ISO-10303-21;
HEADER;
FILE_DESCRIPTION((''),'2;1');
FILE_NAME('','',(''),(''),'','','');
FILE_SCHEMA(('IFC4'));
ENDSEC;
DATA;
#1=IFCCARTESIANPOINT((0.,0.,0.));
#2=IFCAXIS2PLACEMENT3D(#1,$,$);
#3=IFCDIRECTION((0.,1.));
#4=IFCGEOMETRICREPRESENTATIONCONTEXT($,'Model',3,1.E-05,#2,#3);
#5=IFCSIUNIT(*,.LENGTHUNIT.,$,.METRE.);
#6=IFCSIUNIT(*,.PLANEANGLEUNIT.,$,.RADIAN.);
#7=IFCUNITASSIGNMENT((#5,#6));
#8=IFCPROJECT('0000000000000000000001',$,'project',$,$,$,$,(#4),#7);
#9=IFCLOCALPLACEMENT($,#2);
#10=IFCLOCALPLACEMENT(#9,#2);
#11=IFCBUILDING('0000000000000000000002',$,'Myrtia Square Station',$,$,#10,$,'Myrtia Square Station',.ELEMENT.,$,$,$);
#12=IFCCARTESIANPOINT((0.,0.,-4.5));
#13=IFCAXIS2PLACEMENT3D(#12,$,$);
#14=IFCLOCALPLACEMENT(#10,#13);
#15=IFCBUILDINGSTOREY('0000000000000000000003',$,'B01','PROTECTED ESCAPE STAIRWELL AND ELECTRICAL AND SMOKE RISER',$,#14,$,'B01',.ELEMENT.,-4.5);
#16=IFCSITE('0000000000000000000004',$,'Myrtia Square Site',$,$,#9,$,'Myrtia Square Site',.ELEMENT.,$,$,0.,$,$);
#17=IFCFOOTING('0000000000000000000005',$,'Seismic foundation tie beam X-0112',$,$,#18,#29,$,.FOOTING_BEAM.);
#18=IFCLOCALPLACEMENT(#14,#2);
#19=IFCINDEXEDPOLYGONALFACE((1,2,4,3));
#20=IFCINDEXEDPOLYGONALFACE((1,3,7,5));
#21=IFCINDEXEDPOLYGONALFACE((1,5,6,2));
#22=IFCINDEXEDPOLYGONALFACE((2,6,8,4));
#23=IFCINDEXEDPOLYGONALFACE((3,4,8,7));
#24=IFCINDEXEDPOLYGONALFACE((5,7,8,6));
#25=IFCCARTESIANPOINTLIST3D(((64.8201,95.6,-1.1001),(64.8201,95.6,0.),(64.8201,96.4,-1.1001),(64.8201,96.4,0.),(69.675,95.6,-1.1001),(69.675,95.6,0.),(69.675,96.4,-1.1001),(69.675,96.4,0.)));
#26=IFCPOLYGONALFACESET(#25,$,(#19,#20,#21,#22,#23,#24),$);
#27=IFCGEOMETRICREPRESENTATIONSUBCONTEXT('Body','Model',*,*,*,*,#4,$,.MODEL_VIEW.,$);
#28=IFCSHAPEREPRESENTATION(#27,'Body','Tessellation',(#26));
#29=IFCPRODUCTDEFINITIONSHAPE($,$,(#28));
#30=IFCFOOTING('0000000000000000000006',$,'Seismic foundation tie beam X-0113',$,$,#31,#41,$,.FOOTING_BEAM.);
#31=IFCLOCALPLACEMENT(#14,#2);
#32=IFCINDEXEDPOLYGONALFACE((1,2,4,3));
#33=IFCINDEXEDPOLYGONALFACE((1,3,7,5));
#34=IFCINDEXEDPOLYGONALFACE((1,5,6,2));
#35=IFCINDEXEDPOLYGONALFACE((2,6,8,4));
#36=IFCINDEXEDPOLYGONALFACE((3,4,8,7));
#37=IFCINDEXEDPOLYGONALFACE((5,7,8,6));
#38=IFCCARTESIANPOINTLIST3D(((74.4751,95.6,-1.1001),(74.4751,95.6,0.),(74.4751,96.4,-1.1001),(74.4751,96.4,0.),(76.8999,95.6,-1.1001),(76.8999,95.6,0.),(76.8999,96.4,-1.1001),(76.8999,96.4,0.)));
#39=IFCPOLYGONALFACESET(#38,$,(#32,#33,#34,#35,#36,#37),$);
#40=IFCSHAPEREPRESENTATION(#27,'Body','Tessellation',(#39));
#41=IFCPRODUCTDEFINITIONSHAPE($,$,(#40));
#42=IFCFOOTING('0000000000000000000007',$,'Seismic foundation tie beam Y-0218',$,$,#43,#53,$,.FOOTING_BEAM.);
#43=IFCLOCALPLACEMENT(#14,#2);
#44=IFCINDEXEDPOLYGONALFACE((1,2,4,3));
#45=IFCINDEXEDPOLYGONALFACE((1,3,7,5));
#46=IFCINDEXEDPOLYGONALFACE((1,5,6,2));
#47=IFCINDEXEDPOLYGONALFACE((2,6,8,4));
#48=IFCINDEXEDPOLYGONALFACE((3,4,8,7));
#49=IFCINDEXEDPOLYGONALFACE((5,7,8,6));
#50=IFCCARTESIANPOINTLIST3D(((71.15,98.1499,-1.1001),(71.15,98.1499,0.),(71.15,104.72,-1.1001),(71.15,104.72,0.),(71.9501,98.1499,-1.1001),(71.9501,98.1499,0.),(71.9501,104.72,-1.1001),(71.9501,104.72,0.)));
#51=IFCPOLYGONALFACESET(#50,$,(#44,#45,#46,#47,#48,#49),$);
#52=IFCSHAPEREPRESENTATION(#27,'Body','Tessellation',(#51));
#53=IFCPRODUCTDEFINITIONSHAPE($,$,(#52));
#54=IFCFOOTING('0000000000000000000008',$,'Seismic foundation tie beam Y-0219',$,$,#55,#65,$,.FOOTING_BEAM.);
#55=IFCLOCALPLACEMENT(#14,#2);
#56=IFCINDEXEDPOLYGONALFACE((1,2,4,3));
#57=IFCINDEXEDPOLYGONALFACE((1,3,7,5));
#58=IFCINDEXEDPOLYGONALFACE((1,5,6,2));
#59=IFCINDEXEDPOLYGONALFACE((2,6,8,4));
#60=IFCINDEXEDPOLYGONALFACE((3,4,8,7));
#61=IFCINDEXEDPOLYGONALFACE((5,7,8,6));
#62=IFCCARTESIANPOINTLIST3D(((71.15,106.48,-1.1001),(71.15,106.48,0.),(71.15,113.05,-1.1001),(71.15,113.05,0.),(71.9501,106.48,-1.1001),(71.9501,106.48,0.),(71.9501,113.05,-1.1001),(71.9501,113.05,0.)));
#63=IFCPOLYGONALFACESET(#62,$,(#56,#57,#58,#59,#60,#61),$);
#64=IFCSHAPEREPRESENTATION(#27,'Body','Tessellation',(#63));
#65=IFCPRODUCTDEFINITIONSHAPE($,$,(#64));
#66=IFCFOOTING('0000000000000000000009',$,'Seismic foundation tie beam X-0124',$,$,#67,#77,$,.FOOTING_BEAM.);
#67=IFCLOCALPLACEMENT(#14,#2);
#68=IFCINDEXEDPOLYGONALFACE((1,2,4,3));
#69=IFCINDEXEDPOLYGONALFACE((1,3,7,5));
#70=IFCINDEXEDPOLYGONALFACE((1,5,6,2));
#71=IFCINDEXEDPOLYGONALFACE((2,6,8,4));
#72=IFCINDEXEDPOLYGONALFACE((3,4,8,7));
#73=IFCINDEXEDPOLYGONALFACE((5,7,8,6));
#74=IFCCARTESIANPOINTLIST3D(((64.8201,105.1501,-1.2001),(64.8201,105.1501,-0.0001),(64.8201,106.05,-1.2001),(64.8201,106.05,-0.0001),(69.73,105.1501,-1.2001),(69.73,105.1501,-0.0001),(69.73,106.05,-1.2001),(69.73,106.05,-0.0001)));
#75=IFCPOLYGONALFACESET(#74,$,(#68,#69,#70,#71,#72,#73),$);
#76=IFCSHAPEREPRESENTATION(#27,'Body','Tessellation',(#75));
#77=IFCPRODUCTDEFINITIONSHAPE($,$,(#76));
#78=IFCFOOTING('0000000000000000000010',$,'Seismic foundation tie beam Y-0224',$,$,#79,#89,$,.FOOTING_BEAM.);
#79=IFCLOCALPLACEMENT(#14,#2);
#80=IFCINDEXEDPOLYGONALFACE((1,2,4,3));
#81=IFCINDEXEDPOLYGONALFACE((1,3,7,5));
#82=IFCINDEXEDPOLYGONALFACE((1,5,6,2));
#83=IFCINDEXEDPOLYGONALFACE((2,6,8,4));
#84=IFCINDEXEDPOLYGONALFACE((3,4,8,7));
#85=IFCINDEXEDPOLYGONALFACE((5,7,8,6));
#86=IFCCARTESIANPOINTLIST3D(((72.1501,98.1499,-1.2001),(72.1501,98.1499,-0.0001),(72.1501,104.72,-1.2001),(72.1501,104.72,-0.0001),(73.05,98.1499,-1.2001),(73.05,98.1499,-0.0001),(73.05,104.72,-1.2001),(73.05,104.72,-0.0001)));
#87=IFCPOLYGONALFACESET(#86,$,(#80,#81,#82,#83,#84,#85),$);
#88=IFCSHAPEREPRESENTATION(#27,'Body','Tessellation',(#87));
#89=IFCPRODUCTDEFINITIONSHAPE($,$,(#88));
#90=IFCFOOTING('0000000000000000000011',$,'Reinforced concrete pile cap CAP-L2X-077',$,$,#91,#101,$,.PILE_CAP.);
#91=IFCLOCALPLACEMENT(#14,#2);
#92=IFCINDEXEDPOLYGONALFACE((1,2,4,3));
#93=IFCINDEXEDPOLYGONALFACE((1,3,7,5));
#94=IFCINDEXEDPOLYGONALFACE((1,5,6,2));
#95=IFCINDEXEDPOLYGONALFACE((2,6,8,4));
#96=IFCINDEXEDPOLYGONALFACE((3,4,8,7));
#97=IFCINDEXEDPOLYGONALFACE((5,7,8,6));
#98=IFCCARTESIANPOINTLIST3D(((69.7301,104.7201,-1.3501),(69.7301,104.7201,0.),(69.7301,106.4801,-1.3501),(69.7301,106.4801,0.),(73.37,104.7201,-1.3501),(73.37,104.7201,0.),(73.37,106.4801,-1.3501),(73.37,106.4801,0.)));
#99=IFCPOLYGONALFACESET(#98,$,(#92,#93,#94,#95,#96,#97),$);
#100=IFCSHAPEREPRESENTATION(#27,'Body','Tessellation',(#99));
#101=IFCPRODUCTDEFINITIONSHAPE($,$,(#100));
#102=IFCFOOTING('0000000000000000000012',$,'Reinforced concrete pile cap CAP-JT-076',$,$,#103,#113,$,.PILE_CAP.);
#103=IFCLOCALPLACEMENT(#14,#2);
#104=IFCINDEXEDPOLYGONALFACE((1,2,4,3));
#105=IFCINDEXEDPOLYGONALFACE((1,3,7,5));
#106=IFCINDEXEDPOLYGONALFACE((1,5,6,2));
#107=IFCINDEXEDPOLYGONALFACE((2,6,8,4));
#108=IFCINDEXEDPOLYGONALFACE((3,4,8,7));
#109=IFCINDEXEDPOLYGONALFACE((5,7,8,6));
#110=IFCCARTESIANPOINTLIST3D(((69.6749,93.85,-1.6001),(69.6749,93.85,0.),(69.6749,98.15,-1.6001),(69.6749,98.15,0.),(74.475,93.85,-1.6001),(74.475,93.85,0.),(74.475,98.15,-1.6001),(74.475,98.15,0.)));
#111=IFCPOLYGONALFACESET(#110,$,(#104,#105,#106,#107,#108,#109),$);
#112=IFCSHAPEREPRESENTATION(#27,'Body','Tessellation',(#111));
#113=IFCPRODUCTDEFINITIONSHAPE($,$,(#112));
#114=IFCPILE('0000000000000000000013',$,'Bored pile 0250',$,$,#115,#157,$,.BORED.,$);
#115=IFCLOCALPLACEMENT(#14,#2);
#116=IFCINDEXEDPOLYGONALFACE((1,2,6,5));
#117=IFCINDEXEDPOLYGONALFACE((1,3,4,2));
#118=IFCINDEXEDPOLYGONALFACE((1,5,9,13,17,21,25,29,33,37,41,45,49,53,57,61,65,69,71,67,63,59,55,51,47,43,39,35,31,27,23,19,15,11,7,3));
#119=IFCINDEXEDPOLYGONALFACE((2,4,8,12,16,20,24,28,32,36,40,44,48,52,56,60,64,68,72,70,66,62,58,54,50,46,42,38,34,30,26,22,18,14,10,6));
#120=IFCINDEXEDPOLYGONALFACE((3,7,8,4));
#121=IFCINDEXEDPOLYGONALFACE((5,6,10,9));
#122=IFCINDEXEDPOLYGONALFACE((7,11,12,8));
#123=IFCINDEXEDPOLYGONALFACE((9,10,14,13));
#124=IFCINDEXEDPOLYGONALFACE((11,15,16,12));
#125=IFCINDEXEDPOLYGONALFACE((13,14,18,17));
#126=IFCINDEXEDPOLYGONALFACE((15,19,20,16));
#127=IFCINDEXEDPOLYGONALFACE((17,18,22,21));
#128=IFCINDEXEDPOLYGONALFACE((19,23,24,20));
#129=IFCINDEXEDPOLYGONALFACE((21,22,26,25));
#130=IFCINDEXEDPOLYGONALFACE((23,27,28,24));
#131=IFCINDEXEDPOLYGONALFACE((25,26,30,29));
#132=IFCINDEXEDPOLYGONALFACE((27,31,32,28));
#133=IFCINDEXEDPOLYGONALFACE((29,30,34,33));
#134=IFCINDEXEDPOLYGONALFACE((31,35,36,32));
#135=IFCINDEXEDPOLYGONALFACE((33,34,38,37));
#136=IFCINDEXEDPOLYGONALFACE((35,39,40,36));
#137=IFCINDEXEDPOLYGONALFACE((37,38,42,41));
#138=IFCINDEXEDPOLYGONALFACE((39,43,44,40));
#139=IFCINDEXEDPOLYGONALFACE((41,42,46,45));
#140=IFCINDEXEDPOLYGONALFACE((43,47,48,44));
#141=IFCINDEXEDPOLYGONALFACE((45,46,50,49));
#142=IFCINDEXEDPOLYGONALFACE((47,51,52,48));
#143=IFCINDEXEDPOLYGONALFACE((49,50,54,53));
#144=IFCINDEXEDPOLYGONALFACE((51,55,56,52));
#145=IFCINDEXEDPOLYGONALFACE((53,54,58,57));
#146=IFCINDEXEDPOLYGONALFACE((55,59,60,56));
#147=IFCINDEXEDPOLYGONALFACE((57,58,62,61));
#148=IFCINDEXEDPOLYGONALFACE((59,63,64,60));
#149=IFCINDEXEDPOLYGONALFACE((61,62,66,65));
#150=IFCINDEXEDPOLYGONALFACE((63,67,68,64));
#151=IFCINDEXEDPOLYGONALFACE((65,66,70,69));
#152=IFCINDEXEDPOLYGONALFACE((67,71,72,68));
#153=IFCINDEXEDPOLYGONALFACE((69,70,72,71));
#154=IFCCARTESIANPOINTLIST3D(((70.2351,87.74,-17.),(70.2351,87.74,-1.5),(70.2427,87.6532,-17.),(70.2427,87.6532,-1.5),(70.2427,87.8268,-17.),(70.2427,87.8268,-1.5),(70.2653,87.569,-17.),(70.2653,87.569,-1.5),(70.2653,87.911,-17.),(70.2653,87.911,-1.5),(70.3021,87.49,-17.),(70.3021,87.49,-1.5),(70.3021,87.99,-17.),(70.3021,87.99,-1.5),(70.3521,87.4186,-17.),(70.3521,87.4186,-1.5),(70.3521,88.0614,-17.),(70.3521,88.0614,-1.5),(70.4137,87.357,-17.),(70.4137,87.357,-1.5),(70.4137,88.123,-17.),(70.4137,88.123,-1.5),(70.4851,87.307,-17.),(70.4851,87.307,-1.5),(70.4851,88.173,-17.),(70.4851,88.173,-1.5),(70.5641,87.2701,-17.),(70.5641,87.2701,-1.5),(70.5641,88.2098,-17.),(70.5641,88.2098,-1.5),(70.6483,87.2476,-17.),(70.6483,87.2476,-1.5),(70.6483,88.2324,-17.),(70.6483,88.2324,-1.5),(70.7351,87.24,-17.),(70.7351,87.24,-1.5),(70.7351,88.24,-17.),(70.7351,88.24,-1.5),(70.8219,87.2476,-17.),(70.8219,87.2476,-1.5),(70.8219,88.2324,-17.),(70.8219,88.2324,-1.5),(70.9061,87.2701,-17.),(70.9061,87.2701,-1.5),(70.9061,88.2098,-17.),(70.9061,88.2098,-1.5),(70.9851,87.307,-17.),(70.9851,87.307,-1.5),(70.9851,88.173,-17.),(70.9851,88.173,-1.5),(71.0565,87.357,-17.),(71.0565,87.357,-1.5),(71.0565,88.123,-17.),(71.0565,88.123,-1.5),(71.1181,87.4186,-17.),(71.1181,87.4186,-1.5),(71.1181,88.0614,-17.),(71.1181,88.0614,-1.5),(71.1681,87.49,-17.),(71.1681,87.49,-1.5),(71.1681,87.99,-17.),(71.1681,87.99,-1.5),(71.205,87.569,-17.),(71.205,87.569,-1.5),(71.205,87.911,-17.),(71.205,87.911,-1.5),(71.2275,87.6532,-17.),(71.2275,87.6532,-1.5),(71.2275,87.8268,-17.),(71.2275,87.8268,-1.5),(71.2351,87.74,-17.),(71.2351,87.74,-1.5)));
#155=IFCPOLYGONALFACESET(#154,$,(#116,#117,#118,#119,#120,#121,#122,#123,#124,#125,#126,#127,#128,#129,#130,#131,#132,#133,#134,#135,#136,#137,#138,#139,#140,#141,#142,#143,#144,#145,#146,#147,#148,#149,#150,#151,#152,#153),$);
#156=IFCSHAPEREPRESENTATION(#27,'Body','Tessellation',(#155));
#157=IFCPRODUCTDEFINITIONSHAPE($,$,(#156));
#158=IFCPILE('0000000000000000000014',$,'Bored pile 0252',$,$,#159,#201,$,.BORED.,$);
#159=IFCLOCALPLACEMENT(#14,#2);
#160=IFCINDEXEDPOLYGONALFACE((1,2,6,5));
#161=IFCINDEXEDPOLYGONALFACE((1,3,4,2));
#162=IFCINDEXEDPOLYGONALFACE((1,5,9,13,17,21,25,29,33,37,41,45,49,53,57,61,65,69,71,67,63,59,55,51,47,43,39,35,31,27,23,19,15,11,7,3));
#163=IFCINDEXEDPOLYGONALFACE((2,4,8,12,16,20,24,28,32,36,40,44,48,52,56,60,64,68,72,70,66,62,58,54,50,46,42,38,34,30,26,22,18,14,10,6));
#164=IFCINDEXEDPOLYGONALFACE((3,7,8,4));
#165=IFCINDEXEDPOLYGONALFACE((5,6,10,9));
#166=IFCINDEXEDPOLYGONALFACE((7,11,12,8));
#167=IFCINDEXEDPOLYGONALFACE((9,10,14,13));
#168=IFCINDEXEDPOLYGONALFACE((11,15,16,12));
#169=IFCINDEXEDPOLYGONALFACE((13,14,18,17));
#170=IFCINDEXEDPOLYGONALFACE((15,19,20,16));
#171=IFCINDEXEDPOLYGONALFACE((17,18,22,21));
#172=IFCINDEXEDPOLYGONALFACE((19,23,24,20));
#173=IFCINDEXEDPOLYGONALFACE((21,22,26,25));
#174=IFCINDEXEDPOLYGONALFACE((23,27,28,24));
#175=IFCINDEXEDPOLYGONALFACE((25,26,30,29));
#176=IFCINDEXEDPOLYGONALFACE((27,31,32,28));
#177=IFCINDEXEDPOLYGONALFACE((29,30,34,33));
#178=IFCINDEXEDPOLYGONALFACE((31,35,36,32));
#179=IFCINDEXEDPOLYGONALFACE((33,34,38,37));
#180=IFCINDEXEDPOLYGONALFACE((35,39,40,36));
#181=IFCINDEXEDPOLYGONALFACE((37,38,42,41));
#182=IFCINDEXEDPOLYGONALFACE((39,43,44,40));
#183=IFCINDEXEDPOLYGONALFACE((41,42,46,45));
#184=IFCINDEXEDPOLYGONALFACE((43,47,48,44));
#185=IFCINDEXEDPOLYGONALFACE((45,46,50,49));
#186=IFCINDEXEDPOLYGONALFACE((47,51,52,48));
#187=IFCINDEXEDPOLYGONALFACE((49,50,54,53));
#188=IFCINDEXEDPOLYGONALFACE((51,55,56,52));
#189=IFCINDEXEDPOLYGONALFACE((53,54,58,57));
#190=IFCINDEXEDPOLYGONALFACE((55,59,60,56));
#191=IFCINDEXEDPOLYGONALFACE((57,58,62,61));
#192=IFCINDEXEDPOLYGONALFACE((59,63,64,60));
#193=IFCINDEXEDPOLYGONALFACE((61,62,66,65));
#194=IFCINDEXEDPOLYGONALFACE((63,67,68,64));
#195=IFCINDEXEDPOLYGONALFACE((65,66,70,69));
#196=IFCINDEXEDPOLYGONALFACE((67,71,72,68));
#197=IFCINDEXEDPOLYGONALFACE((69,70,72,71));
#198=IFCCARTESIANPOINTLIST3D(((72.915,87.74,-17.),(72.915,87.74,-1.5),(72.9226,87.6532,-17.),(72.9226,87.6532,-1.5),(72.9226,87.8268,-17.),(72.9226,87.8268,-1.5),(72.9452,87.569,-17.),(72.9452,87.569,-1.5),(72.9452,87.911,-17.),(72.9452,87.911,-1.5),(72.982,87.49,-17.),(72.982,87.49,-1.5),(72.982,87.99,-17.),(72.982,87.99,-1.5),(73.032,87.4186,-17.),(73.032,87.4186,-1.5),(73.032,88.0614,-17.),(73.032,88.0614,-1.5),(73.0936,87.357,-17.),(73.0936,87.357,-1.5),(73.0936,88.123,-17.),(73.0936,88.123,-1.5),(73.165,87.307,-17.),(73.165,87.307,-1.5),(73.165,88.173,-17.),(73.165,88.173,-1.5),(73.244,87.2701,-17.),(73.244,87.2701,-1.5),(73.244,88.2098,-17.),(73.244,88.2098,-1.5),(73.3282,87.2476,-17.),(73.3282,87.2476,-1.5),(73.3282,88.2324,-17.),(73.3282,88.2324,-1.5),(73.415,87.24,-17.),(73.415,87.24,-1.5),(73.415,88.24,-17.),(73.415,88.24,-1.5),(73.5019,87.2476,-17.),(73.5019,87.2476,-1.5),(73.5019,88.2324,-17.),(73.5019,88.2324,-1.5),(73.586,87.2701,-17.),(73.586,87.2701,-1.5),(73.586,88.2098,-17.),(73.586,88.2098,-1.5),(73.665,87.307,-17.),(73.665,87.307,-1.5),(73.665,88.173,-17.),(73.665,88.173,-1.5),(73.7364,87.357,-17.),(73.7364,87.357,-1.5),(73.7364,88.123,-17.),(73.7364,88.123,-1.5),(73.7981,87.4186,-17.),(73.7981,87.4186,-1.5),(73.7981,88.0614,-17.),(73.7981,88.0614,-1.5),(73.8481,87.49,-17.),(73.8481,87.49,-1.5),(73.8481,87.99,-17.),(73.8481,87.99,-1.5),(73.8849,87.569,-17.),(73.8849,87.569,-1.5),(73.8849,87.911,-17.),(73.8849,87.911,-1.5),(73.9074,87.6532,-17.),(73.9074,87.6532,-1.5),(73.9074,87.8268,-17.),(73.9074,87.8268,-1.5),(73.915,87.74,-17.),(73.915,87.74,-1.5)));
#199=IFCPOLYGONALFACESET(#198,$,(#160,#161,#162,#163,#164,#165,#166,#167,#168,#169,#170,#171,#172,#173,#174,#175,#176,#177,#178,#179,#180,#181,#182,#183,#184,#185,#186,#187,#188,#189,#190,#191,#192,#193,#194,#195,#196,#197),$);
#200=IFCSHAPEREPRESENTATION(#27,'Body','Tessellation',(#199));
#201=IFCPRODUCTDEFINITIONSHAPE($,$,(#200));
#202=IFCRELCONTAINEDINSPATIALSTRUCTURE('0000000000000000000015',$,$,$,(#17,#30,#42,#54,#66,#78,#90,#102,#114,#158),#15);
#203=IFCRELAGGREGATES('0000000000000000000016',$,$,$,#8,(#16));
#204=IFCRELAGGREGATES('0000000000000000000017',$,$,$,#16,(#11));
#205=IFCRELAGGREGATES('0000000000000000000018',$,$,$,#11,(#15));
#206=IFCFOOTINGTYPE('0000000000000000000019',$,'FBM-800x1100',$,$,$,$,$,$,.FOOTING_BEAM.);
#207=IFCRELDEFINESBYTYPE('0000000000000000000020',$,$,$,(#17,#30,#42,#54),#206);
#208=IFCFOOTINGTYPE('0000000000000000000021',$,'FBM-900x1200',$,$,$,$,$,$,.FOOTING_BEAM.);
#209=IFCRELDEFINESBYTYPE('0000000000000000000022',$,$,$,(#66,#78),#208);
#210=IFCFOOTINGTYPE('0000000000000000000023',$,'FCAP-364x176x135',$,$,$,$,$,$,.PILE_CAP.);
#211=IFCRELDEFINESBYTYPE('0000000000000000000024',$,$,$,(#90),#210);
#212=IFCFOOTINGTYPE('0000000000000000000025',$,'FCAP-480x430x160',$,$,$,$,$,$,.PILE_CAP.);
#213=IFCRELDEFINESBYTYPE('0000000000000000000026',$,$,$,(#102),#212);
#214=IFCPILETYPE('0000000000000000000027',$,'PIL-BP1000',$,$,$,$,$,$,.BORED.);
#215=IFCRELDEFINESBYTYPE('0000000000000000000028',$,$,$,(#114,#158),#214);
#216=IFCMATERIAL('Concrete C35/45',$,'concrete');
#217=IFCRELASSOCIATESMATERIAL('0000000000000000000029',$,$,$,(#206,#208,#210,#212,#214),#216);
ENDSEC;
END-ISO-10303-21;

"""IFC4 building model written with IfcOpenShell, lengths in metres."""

from ifc_helpers import new_model, si_unit, direction, frame, origin, origin_2d, place, context, subcontext, project, spatial, rectangle, circle, extrude, material, material_profile, profile_set, type_object, element, save


model = new_model("IFC4")

# Units and contexts
model_context = context("Model", 3, precision=1e-05, world=origin(), true_north=direction((0.0, 1.0)))
body_context = subcontext(model_context, "Body", "Model", "MODEL_VIEW")
ifc_project = project(units=[si_unit("LENGTHUNIT", "METRE"), si_unit("PLANEANGLEUNIT", "RADIAN")], contexts=[model_context])

# Site, building, storey
site_placement = place(None, origin())
site = spatial("IfcSite", under=ifc_project, at=site_placement, Name="Myrtia Square Site", LongName="Myrtia Square Site", CompositionType="ELEMENT", RefElevation=0.0)
building_placement = place(site_placement, origin())
building = spatial("IfcBuilding", under=site, at=building_placement, Name="Myrtia Square Station", LongName="Myrtia Square Station", CompositionType="ELEMENT")
storey_placement = place(building_placement, frame((0.0, 0.0, -4.5)))
storey = spatial("IfcBuildingStorey", under=building, at=storey_placement, Name="B01", Description="PROTECTED ESCAPE STAIRWELL AND ELECTRICAL AND SMOKE RISER", LongName="B01", CompositionType="ELEMENT", Elevation=-4.5)

# Footings
ifc_material_1 = material(Name="Concrete C35/45", Category="concrete")
ifc_material_profile_1 = material_profile(ifc_material_1, rectangle(XDim=0.8, YDim=1.1001, at=origin_2d()), Name="FB 800x1100")
ifc_profile_set_1 = profile_set([ifc_material_profile_1], Name="Concrete C35/45")
footing_type_1 = type_object("IfcFootingType", Name="FBM-800x1100", PredefinedType="FOOTING_BEAM", material=ifc_profile_set_1)
footing_1_placement = place(storey_placement, frame((64.8201, 96.0, -0.55), z_axis=(1.0, 0.0, 0.0), x_axis=(0.0, 1.0, 0.0)))
element("IfcFooting", 1, at=footing_1_placement, inside=storey, type_object=footing_type_1, Name="Seismic foundation tie beam X-0112", PredefinedType="FOOTING_BEAM", context=body_context, shape_type="SweptSolid", body=[
    extrude(rectangle(XDim=0.8, YDim=1.1001, at=origin_2d()), origin(), (0.0, 0.0, 1.0), 4.855),
])
footing_2_placement = place(storey_placement, frame((74.4751, 96.0, -0.55), z_axis=(1.0, 0.0, 0.0), x_axis=(0.0, 1.0, 0.0)))
element("IfcFooting", 2, at=footing_2_placement, inside=storey, type_object=footing_type_1, Name="Seismic foundation tie beam X-0113", PredefinedType="FOOTING_BEAM", context=body_context, shape_type="SweptSolid", body=[
    extrude(rectangle(XDim=0.8, YDim=1.1001, at=origin_2d()), origin(), (0.0, 0.0, 1.0), 2.4248),
])
for number, where, z_axis, x_axis, name in (
    (3, (71.55, 98.1499, -0.55), (0.0, 1.0, 0.0), (-1.0, 0.0, 0.0), "Seismic foundation tie beam Y-0218"),
    (4, (71.55, 106.48, -0.55), (0.0, 1.0, 0.0), (-1.0, 0.0, 0.0), "Seismic foundation tie beam Y-0219"),
):
    element("IfcFooting", number, at=place(storey_placement, frame(where, z_axis=z_axis, x_axis=x_axis)), inside=storey, type_object=footing_type_1, Name=name, PredefinedType="FOOTING_BEAM", context=body_context, shape_type="SweptSolid", body=[
        extrude(rectangle(XDim=0.8, YDim=1.1001, at=origin_2d()), origin(), (0.0, 0.0, 1.0), 6.5701),
    ])
ifc_material_profile_2 = material_profile(ifc_material_1, rectangle(XDim=0.8999, YDim=1.2, at=origin_2d()), Name="FB 900x1200")
ifc_profile_set_2 = profile_set([ifc_material_profile_2], Name="Concrete C35/45")
footing_type_2 = type_object("IfcFootingType", Name="FBM-900x1200", PredefinedType="FOOTING_BEAM", material=ifc_profile_set_2)
footing_3_placement = place(storey_placement, frame((64.8201, 105.6001, -0.6001), z_axis=(1.0, 0.0, 0.0), x_axis=(0.0, 1.0, 0.0)))
element("IfcFooting", 5, at=footing_3_placement, inside=storey, type_object=footing_type_2, Name="Seismic foundation tie beam X-0124", PredefinedType="FOOTING_BEAM", context=body_context, shape_type="SweptSolid", body=[
    extrude(rectangle(XDim=0.8999, YDim=1.2, at=origin_2d()), origin(), (0.0, 0.0, 1.0), 4.9099),
])
footing_4_placement = place(storey_placement, frame((72.6001, 98.1499, -0.6001), z_axis=(0.0, 1.0, 0.0), x_axis=(-1.0, 0.0, 0.0)))
element("IfcFooting", 6, at=footing_4_placement, inside=storey, type_object=footing_type_2, Name="Seismic foundation tie beam Y-0224", PredefinedType="FOOTING_BEAM", context=body_context, shape_type="SweptSolid", body=[
    extrude(rectangle(XDim=0.8999, YDim=1.2, at=origin_2d()), origin(), (0.0, 0.0, 1.0), 6.5701),
])
footing_type_3 = type_object("IfcFootingType", Name="FCAP-364x176x135", PredefinedType="PILE_CAP", material=ifc_material_1)
footing_5_placement = place(storey_placement, frame((71.55, 105.6001, -1.3501), z_axis=(0.0, 0.0, 1.0), x_axis=(1.0, 0.0, 0.0)))
element("IfcFooting", 7, at=footing_5_placement, inside=storey, type_object=footing_type_3, Name="Reinforced concrete pile cap CAP-L2X-077", PredefinedType="PILE_CAP", context=body_context, shape_type="SweptSolid", body=[
    extrude(rectangle(XDim=3.6399, YDim=1.76, at=origin_2d()), origin(), (0.0, 0.0, 1.0), 1.3501),
])
footing_type_4 = type_object("IfcFootingType", Name="FCAP-480x430x160", PredefinedType="PILE_CAP", material=ifc_material_1)
footing_6_placement = place(storey_placement, frame((72.075, 96.0, -1.6001), z_axis=(0.0, 0.0, 1.0), x_axis=(1.0, 0.0, 0.0)))
element("IfcFooting", 8, at=footing_6_placement, inside=storey, type_object=footing_type_4, Name="Reinforced concrete pile cap CAP-JT-076", PredefinedType="PILE_CAP", context=body_context, shape_type="SweptSolid", body=[
    extrude(rectangle(XDim=4.8, YDim=4.3, at=origin_2d()), origin(), (0.0, 0.0, 1.0), 1.6001),
])

# Piles
ifc_material_profile_3 = material_profile(ifc_material_1, circle(Radius=0.5, at=origin_2d()), Name="BP D1000")
ifc_profile_set_3 = profile_set([ifc_material_profile_3], Name="Concrete C35/45")
pile_type_1 = type_object("IfcPileType", Name="PIL-BP1000", PredefinedType="BORED", material=ifc_profile_set_3)
for number, where, z_axis, x_axis, name in (
    (9, (70.7351, 87.74, -1.5), (0.0, 0.0, -1.0), (1.0, 0.0, 0.0), "Bored pile 0250"),
    (10, (73.415, 87.74, -1.5), (0.0, 0.0, -1.0), (1.0, 0.0, 0.0), "Bored pile 0252"),
):
    element("IfcPile", number, at=place(storey_placement, frame(where, z_axis=z_axis, x_axis=x_axis)), inside=storey, type_object=pile_type_1, Name=name, PredefinedType="BORED", context=body_context, shape_type="SweptSolid", body=[
        extrude(circle(Radius=0.5, at=origin_2d()), origin(), (0.0, 0.0, 1.0), 15.5),
    ])

save(model, "model.ifc")
